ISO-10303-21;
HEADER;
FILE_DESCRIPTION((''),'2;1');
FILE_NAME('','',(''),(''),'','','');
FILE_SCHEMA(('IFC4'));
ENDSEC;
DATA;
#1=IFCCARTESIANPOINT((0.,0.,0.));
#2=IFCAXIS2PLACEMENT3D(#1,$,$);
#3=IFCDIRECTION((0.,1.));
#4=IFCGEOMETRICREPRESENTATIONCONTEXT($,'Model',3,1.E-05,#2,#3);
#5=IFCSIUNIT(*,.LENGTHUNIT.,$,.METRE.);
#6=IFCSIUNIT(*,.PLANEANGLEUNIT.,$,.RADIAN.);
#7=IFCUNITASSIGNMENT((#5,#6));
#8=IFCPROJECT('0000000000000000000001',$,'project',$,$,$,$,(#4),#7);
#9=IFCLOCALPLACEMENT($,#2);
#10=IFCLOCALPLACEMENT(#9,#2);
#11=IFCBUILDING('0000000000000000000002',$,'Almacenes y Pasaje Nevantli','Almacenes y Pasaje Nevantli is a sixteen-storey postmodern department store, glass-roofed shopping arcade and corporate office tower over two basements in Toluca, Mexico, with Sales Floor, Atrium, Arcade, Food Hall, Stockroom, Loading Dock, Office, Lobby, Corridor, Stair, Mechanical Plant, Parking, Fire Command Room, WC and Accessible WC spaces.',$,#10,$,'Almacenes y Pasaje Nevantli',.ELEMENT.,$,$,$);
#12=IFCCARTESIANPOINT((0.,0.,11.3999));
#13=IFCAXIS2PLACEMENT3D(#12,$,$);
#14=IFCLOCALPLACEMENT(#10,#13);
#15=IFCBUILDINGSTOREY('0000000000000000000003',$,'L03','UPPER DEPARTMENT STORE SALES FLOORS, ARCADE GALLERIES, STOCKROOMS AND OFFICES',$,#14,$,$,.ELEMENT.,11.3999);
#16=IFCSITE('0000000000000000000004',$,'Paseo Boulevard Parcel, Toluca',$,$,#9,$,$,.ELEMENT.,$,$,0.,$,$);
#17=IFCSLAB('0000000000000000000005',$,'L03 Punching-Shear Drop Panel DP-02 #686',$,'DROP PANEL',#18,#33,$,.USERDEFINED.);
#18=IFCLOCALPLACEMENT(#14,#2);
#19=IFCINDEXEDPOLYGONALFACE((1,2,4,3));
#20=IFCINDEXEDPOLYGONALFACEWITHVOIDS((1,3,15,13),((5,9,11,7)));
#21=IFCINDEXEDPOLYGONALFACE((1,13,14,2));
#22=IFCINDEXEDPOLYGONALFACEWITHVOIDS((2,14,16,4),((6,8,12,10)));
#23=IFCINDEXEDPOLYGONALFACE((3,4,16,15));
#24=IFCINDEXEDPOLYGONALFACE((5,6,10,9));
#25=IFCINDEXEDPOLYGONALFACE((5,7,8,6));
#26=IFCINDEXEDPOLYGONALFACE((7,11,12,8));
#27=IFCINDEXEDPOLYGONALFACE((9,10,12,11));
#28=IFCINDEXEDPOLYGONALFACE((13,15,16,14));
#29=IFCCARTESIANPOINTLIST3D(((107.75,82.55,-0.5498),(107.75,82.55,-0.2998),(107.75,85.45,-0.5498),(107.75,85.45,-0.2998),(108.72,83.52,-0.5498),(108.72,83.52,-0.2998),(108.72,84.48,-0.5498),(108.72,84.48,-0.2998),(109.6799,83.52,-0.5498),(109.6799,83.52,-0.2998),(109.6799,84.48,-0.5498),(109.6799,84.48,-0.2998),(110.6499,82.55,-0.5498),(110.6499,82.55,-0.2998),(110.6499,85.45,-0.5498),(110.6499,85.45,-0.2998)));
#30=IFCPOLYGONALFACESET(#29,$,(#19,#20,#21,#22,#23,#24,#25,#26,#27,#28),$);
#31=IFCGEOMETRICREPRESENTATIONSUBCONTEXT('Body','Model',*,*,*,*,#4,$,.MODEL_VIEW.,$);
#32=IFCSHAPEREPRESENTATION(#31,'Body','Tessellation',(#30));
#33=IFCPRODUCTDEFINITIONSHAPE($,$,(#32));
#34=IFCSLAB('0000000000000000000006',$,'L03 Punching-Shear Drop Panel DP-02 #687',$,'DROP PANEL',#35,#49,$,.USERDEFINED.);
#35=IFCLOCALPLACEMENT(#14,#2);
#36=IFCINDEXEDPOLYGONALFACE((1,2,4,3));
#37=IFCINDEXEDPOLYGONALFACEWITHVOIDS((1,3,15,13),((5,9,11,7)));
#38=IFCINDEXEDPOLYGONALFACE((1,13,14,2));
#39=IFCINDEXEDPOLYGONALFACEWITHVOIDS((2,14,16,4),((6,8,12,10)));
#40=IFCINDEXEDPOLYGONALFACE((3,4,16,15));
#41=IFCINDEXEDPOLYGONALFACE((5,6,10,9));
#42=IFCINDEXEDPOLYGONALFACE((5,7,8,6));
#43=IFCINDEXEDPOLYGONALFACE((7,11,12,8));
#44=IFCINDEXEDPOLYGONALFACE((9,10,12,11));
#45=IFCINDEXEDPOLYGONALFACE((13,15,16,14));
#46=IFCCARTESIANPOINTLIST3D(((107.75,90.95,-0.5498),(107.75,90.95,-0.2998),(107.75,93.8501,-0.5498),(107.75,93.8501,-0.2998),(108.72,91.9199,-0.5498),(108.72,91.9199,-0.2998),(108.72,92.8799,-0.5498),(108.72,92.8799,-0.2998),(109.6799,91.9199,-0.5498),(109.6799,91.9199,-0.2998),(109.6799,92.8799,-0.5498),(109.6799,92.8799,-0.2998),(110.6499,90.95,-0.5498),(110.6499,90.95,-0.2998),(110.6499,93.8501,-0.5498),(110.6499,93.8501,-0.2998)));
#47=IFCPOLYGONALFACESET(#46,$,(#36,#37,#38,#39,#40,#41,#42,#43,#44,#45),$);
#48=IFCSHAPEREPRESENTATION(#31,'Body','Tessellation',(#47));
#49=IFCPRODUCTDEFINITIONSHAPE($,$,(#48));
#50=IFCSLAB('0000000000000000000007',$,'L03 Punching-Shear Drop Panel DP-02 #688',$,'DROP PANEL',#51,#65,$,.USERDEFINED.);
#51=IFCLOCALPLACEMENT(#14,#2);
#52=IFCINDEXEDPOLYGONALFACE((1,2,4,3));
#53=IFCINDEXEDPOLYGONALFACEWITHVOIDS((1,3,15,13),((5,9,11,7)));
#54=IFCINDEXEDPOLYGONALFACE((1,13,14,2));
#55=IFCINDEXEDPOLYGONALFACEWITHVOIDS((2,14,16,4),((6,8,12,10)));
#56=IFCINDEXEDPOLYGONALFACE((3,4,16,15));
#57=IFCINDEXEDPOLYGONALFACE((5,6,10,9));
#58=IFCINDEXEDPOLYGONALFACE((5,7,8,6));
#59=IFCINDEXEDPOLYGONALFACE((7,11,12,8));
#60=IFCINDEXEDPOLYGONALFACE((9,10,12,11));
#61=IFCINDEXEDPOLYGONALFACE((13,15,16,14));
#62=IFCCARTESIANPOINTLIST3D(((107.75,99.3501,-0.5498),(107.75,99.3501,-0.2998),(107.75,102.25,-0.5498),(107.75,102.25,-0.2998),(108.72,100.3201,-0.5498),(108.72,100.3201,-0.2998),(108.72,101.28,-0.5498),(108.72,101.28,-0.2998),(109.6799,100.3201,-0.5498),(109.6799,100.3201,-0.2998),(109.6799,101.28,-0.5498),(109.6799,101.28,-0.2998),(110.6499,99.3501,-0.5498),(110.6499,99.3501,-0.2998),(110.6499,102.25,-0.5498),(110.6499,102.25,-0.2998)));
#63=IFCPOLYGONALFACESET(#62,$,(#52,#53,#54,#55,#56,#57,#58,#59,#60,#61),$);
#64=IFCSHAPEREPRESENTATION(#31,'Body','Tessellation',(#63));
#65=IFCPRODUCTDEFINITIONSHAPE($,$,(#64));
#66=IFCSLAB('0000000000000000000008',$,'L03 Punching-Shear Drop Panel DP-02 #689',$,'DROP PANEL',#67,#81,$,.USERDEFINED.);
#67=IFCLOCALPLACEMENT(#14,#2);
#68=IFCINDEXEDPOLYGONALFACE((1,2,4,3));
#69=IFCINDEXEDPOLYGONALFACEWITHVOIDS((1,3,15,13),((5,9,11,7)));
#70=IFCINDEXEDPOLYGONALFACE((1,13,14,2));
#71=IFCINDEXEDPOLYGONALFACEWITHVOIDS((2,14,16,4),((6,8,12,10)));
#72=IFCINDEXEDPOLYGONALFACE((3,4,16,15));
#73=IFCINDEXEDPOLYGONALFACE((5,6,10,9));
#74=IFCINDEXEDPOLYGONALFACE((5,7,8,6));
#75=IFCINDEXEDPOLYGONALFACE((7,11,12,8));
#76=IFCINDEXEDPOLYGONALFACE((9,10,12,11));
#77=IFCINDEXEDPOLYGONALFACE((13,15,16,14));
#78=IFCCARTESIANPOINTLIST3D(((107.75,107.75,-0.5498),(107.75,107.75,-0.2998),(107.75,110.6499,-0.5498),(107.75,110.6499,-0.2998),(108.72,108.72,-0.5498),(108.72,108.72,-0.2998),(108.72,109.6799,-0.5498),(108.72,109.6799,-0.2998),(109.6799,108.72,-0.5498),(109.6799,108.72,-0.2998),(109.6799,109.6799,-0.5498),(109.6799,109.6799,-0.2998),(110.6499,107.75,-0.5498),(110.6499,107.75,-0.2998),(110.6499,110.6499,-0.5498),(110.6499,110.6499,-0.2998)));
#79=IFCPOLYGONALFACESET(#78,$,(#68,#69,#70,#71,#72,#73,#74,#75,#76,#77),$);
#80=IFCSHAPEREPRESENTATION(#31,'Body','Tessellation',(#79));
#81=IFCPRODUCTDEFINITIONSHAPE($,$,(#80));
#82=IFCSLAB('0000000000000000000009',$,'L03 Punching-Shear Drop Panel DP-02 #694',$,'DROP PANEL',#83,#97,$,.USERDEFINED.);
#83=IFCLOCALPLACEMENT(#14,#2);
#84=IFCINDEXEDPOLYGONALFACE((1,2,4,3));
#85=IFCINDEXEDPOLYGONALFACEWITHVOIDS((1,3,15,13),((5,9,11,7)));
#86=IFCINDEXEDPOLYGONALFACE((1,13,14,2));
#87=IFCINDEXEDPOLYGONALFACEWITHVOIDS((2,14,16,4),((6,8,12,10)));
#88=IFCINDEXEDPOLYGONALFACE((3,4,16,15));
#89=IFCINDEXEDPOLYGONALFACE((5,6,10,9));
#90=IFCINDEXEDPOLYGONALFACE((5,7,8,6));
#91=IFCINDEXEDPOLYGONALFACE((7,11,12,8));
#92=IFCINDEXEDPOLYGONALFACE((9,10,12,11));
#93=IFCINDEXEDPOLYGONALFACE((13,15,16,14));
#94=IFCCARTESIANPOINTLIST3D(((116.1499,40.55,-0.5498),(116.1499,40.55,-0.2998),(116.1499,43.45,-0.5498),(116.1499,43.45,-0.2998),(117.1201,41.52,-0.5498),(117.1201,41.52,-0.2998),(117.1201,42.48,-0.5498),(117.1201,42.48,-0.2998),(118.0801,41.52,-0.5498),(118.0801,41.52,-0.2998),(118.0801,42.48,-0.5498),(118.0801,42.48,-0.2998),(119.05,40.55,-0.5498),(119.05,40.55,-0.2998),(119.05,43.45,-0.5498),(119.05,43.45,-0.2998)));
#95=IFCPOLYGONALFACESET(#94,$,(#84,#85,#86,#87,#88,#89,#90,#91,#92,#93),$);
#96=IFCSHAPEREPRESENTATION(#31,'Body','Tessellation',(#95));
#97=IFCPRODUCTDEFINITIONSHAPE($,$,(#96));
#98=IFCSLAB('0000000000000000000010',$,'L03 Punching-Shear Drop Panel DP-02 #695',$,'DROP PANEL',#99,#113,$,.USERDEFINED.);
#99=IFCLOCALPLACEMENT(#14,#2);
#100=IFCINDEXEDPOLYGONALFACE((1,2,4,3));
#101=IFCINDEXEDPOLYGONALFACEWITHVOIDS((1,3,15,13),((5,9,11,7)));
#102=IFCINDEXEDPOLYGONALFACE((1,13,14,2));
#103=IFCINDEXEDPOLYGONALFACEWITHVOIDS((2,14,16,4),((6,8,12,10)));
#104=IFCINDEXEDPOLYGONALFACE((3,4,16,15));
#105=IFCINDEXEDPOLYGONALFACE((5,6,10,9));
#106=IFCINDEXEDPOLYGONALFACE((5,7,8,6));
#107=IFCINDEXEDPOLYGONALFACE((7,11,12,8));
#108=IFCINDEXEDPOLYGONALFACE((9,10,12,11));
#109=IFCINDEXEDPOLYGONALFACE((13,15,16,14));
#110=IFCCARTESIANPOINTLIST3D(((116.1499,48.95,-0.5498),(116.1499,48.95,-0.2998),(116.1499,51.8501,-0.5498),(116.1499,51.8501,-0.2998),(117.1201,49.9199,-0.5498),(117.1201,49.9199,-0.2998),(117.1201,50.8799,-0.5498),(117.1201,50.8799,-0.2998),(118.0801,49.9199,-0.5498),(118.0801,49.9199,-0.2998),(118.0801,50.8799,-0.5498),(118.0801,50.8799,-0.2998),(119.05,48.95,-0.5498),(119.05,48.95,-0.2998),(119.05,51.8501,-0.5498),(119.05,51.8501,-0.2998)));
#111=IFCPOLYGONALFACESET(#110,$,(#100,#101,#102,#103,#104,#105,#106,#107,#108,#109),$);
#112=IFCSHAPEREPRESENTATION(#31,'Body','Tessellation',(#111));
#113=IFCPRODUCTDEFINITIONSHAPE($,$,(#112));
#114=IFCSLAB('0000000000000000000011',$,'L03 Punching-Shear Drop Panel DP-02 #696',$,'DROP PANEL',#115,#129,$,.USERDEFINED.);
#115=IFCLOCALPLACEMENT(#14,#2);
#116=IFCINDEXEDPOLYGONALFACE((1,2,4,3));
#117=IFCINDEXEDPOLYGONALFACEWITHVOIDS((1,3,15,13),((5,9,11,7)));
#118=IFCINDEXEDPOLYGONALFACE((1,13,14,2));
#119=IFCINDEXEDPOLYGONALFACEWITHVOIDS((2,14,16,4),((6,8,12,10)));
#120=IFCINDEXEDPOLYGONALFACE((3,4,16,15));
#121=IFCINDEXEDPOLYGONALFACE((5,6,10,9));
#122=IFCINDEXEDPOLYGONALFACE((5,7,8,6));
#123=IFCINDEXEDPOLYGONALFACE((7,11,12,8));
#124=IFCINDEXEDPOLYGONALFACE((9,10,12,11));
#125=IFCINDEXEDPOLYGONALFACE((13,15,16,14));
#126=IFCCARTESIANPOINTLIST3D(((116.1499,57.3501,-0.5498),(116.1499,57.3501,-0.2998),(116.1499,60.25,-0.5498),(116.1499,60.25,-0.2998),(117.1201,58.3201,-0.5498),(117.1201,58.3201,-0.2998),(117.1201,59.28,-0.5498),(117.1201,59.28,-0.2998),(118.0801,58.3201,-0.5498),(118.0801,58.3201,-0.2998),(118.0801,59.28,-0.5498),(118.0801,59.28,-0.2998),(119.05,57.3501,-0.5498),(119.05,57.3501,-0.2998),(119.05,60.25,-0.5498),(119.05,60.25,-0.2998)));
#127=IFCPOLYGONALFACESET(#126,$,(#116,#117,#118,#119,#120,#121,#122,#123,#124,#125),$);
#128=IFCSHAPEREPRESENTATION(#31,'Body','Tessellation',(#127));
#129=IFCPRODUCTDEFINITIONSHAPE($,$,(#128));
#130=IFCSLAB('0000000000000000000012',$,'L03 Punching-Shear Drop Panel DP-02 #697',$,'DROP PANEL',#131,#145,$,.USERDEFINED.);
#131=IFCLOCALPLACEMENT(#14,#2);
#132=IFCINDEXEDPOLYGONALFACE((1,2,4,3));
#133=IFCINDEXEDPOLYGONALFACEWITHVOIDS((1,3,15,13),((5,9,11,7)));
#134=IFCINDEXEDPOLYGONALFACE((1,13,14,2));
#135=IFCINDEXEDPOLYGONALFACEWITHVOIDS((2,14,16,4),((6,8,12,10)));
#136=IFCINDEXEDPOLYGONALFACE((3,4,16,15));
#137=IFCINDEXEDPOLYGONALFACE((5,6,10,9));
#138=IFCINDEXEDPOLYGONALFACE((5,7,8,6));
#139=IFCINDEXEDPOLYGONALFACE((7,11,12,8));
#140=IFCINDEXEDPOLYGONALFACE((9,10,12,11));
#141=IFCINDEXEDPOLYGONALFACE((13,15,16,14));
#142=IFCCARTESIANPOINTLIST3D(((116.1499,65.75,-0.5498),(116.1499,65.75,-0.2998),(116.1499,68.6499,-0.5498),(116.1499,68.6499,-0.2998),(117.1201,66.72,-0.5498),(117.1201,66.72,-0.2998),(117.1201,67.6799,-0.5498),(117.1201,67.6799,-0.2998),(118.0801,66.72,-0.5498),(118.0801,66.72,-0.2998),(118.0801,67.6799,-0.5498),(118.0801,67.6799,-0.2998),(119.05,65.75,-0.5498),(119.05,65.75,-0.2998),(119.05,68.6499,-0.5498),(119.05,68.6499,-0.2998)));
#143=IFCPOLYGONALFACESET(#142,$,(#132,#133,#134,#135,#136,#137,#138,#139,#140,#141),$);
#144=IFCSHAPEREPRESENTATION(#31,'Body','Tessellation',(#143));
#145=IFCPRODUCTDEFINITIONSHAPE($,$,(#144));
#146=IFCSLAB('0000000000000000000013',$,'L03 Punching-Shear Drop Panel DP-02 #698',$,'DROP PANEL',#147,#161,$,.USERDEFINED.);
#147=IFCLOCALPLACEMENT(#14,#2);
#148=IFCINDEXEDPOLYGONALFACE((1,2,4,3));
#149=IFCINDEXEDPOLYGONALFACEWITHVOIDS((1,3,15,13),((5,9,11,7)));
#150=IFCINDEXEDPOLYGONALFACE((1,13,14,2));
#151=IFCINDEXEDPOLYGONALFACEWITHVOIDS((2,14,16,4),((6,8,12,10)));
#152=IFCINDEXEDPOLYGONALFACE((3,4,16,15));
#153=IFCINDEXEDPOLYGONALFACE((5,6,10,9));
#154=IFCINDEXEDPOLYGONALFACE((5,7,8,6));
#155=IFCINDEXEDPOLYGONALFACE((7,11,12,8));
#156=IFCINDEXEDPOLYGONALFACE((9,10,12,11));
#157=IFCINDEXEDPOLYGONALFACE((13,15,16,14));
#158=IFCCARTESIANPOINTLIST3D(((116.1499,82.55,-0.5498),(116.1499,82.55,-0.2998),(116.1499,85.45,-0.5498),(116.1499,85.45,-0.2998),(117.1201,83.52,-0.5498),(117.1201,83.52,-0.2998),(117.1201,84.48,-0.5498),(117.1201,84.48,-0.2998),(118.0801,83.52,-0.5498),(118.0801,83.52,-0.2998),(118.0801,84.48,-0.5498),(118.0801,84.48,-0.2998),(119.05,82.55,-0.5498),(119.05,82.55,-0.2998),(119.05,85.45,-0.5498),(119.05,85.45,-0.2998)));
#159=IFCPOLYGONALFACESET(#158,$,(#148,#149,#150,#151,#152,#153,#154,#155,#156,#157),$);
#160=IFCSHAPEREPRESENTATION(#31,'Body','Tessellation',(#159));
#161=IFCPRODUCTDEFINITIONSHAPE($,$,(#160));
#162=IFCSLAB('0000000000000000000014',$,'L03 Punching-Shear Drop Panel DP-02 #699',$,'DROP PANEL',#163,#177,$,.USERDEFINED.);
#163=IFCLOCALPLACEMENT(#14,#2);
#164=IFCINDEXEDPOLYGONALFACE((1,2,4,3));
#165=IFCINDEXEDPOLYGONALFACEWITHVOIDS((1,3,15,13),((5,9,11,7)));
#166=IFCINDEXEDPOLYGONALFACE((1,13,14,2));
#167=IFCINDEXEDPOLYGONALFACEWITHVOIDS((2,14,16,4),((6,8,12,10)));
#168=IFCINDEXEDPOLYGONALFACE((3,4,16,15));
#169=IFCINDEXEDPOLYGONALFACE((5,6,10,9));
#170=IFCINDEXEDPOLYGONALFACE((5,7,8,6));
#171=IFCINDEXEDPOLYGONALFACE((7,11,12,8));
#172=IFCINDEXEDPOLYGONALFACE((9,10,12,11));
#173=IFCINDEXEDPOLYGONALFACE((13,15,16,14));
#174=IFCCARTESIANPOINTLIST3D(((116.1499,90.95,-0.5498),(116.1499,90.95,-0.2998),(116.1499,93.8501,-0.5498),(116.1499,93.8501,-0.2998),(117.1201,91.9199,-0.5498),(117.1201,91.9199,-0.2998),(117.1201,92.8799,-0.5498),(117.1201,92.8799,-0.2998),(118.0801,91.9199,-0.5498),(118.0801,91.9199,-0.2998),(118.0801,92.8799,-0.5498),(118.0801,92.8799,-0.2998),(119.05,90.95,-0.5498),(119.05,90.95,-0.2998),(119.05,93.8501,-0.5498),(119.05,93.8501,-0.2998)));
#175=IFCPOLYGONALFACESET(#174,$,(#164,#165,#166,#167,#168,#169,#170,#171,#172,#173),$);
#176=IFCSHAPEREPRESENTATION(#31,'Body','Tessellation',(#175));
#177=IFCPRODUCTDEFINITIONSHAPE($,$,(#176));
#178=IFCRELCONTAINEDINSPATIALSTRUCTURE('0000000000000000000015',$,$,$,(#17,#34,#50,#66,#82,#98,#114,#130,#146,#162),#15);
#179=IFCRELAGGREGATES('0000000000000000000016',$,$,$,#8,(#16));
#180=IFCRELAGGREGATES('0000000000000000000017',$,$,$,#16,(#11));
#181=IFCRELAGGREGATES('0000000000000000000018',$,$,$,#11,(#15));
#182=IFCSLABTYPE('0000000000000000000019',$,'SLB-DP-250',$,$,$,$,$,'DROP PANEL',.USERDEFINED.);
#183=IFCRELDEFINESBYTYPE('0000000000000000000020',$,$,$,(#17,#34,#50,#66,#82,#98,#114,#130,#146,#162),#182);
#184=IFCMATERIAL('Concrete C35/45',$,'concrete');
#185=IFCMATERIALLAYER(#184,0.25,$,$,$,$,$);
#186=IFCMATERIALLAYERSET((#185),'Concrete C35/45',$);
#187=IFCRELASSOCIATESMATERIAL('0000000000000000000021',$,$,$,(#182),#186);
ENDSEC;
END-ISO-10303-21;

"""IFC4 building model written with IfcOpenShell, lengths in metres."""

from ifc_helpers import new_model, si_unit, direction, frame, origin, place, context, subcontext, project, spatial, polyline, outline, extrude, material, layer, layer_set, type_object, element, save


model = new_model("IFC4")

# Units and contexts
model_context = context("Model", 3, precision=1e-05, world=origin(), true_north=direction((0.0, 1.0)))
body_context = subcontext(model_context, "Body", "Model", "MODEL_VIEW")
ifc_project = project(units=[si_unit("LENGTHUNIT", "METRE"), si_unit("PLANEANGLEUNIT", "RADIAN")], contexts=[model_context])

# Site, building, storey
site_placement = place(None, origin())
site = spatial("IfcSite", under=ifc_project, at=site_placement, Name="Paseo Boulevard Parcel, Toluca", CompositionType="ELEMENT", RefElevation=0.0)
building_placement = place(site_placement, origin())
building = spatial("IfcBuilding", under=site, at=building_placement, Name="Almacenes y Pasaje Nevantli", Description="Almacenes y Pasaje Nevantli is a sixteen-storey postmodern department store, glass-roofed shopping arcade and corporate office tower over two basements in Toluca, Mexico, with Sales Floor, Atrium, Arcade, Food Hall, Stockroom, Loading Dock, Office, Lobby, Corridor, Stair, Mechanical Plant, Parking, Fire Command Room, WC and Accessible WC spaces.", LongName="Almacenes y Pasaje Nevantli", CompositionType="ELEMENT")
storey_placement = place(building_placement, frame((0.0, 0.0, 11.3999)))
storey = spatial("IfcBuildingStorey", under=building, at=storey_placement, Name="L03", Description="UPPER DEPARTMENT STORE SALES FLOORS, ARCADE GALLERIES, STOCKROOMS AND OFFICES", CompositionType="ELEMENT", Elevation=11.3999)

# Slabs
ifc_material_1 = material(Name="Concrete C35/45", Category="concrete")
ifc_layer_1 = layer(ifc_material_1, 0.25)
ifc_layer_set_1 = layer_set([ifc_layer_1], Name="Concrete C35/45")
slab_type_1 = type_object("IfcSlabType", Name="SLB-DP-250", ElementType="DROP PANEL", PredefinedType="USERDEFINED", material=ifc_layer_set_1)
slab_1_placement = place(storey_placement, frame((0.0, 0.0, -0.5498)))
element("IfcSlab", 1, at=slab_1_placement, inside=storey, type_object=slab_type_1, Name="L03 Punching-Shear Drop Panel DP-02 #686", ObjectType="DROP PANEL", PredefinedType="USERDEFINED", context=body_context, shape_type="SweptSolid", body=[
    extrude(outline(polyline([(107.75, 82.55), (110.6499, 82.55), (110.6499, 85.45), (107.75, 85.45), (107.75, 82.55)]), holes=[polyline([(108.72, 83.52), (109.6799, 83.52), (109.6799, 84.48), (108.72, 84.48), (108.72, 83.52)])]), origin(), (0.0, 0.0, 1.0), 0.25),
])
slab_2_placement = place(storey_placement, frame((0.0, 0.0, -0.5498)))
element("IfcSlab", 2, at=slab_2_placement, inside=storey, type_object=slab_type_1, Name="L03 Punching-Shear Drop Panel DP-02 #687", ObjectType="DROP PANEL", PredefinedType="USERDEFINED", context=body_context, shape_type="SweptSolid", body=[
    extrude(outline(polyline([(107.75, 90.95), (110.6499, 90.95), (110.6499, 93.8501), (107.75, 93.8501), (107.75, 90.95)]), holes=[polyline([(108.72, 91.9199), (109.6799, 91.9199), (109.6799, 92.8799), (108.72, 92.8799), (108.72, 91.9199)])]), origin(), (0.0, 0.0, 1.0), 0.25),
])
slab_3_placement = place(storey_placement, frame((0.0, 0.0, -0.5498)))
element("IfcSlab", 3, at=slab_3_placement, inside=storey, type_object=slab_type_1, Name="L03 Punching-Shear Drop Panel DP-02 #688", ObjectType="DROP PANEL", PredefinedType="USERDEFINED", context=body_context, shape_type="SweptSolid", body=[
    extrude(outline(polyline([(107.75, 99.3501), (110.6499, 99.3501), (110.6499, 102.25), (107.75, 102.25), (107.75, 99.3501)]), holes=[polyline([(108.72, 100.3201), (109.6799, 100.3201), (109.6799, 101.28), (108.72, 101.28), (108.72, 100.3201)])]), origin(), (0.0, 0.0, 1.0), 0.25),
])
slab_4_placement = place(storey_placement, frame((0.0, 0.0, -0.5498)))
element("IfcSlab", 4, at=slab_4_placement, inside=storey, type_object=slab_type_1, Name="L03 Punching-Shear Drop Panel DP-02 #689", ObjectType="DROP PANEL", PredefinedType="USERDEFINED", context=body_context, shape_type="SweptSolid", body=[
    extrude(outline(polyline([(107.75, 107.75), (110.6499, 107.75), (110.6499, 110.6499), (107.75, 110.6499), (107.75, 107.75)]), holes=[polyline([(108.72, 108.72), (109.6799, 108.72), (109.6799, 109.6799), (108.72, 109.6799), (108.72, 108.72)])]), origin(), (0.0, 0.0, 1.0), 0.25),
])
slab_5_placement = place(storey_placement, frame((0.0, 0.0, -0.5498)))
element("IfcSlab", 5, at=slab_5_placement, inside=storey, type_object=slab_type_1, Name="L03 Punching-Shear Drop Panel DP-02 #694", ObjectType="DROP PANEL", PredefinedType="USERDEFINED", context=body_context, shape_type="SweptSolid", body=[
    extrude(outline(polyline([(116.1499, 40.55), (119.05, 40.55), (119.05, 43.45), (116.1499, 43.45), (116.1499, 40.55)]), holes=[polyline([(117.1201, 41.52), (118.0801, 41.52), (118.0801, 42.48), (117.1201, 42.48), (117.1201, 41.52)])]), origin(), (0.0, 0.0, 1.0), 0.25),
])
slab_6_placement = place(storey_placement, frame((0.0, 0.0, -0.5498)))
element("IfcSlab", 6, at=slab_6_placement, inside=storey, type_object=slab_type_1, Name="L03 Punching-Shear Drop Panel DP-02 #695", ObjectType="DROP PANEL", PredefinedType="USERDEFINED", context=body_context, shape_type="SweptSolid", body=[
    extrude(outline(polyline([(116.1499, 48.95), (119.05, 48.95), (119.05, 51.8501), (116.1499, 51.8501), (116.1499, 48.95)]), holes=[polyline([(117.1201, 49.9199), (118.0801, 49.9199), (118.0801, 50.8799), (117.1201, 50.8799), (117.1201, 49.9199)])]), origin(), (0.0, 0.0, 1.0), 0.25),
])
slab_7_placement = place(storey_placement, frame((0.0, 0.0, -0.5498)))
element("IfcSlab", 7, at=slab_7_placement, inside=storey, type_object=slab_type_1, Name="L03 Punching-Shear Drop Panel DP-02 #696", ObjectType="DROP PANEL", PredefinedType="USERDEFINED", context=body_context, shape_type="SweptSolid", body=[
    extrude(outline(polyline([(116.1499, 57.3501), (119.05, 57.3501), (119.05, 60.25), (116.1499, 60.25), (116.1499, 57.3501)]), holes=[polyline([(117.1201, 58.3201), (118.0801, 58.3201), (118.0801, 59.28), (117.1201, 59.28), (117.1201, 58.3201)])]), origin(), (0.0, 0.0, 1.0), 0.25),
])
slab_8_placement = place(storey_placement, frame((0.0, 0.0, -0.5498)))
element("IfcSlab", 8, at=slab_8_placement, inside=storey, type_object=slab_type_1, Name="L03 Punching-Shear Drop Panel DP-02 #697", ObjectType="DROP PANEL", PredefinedType="USERDEFINED", context=body_context, shape_type="SweptSolid", body=[
    extrude(outline(polyline([(116.1499, 65.75), (119.05, 65.75), (119.05, 68.6499), (116.1499, 68.6499), (116.1499, 65.75)]), holes=[polyline([(117.1201, 66.72), (118.0801, 66.72), (118.0801, 67.6799), (117.1201, 67.6799), (117.1201, 66.72)])]), origin(), (0.0, 0.0, 1.0), 0.25),
])
slab_9_placement = place(storey_placement, frame((0.0, 0.0, -0.5498)))
element("IfcSlab", 9, at=slab_9_placement, inside=storey, type_object=slab_type_1, Name="L03 Punching-Shear Drop Panel DP-02 #698", ObjectType="DROP PANEL", PredefinedType="USERDEFINED", context=body_context, shape_type="SweptSolid", body=[
    extrude(outline(polyline([(116.1499, 82.55), (119.05, 82.55), (119.05, 85.45), (116.1499, 85.45), (116.1499, 82.55)]), holes=[polyline([(117.1201, 83.52), (118.0801, 83.52), (118.0801, 84.48), (117.1201, 84.48), (117.1201, 83.52)])]), origin(), (0.0, 0.0, 1.0), 0.25),
])
slab_10_placement = place(storey_placement, frame((0.0, 0.0, -0.5498)))
element("IfcSlab", 10, at=slab_10_placement, inside=storey, type_object=slab_type_1, Name="L03 Punching-Shear Drop Panel DP-02 #699", ObjectType="DROP PANEL", PredefinedType="USERDEFINED", context=body_context, shape_type="SweptSolid", body=[
    extrude(outline(polyline([(116.1499, 90.95), (119.05, 90.95), (119.05, 93.8501), (116.1499, 93.8501), (116.1499, 90.95)]), holes=[polyline([(117.1201, 91.9199), (118.0801, 91.9199), (118.0801, 92.8799), (117.1201, 92.8799), (117.1201, 91.9199)])]), origin(), (0.0, 0.0, 1.0), 0.25),
])

save(model, "model.ifc")
